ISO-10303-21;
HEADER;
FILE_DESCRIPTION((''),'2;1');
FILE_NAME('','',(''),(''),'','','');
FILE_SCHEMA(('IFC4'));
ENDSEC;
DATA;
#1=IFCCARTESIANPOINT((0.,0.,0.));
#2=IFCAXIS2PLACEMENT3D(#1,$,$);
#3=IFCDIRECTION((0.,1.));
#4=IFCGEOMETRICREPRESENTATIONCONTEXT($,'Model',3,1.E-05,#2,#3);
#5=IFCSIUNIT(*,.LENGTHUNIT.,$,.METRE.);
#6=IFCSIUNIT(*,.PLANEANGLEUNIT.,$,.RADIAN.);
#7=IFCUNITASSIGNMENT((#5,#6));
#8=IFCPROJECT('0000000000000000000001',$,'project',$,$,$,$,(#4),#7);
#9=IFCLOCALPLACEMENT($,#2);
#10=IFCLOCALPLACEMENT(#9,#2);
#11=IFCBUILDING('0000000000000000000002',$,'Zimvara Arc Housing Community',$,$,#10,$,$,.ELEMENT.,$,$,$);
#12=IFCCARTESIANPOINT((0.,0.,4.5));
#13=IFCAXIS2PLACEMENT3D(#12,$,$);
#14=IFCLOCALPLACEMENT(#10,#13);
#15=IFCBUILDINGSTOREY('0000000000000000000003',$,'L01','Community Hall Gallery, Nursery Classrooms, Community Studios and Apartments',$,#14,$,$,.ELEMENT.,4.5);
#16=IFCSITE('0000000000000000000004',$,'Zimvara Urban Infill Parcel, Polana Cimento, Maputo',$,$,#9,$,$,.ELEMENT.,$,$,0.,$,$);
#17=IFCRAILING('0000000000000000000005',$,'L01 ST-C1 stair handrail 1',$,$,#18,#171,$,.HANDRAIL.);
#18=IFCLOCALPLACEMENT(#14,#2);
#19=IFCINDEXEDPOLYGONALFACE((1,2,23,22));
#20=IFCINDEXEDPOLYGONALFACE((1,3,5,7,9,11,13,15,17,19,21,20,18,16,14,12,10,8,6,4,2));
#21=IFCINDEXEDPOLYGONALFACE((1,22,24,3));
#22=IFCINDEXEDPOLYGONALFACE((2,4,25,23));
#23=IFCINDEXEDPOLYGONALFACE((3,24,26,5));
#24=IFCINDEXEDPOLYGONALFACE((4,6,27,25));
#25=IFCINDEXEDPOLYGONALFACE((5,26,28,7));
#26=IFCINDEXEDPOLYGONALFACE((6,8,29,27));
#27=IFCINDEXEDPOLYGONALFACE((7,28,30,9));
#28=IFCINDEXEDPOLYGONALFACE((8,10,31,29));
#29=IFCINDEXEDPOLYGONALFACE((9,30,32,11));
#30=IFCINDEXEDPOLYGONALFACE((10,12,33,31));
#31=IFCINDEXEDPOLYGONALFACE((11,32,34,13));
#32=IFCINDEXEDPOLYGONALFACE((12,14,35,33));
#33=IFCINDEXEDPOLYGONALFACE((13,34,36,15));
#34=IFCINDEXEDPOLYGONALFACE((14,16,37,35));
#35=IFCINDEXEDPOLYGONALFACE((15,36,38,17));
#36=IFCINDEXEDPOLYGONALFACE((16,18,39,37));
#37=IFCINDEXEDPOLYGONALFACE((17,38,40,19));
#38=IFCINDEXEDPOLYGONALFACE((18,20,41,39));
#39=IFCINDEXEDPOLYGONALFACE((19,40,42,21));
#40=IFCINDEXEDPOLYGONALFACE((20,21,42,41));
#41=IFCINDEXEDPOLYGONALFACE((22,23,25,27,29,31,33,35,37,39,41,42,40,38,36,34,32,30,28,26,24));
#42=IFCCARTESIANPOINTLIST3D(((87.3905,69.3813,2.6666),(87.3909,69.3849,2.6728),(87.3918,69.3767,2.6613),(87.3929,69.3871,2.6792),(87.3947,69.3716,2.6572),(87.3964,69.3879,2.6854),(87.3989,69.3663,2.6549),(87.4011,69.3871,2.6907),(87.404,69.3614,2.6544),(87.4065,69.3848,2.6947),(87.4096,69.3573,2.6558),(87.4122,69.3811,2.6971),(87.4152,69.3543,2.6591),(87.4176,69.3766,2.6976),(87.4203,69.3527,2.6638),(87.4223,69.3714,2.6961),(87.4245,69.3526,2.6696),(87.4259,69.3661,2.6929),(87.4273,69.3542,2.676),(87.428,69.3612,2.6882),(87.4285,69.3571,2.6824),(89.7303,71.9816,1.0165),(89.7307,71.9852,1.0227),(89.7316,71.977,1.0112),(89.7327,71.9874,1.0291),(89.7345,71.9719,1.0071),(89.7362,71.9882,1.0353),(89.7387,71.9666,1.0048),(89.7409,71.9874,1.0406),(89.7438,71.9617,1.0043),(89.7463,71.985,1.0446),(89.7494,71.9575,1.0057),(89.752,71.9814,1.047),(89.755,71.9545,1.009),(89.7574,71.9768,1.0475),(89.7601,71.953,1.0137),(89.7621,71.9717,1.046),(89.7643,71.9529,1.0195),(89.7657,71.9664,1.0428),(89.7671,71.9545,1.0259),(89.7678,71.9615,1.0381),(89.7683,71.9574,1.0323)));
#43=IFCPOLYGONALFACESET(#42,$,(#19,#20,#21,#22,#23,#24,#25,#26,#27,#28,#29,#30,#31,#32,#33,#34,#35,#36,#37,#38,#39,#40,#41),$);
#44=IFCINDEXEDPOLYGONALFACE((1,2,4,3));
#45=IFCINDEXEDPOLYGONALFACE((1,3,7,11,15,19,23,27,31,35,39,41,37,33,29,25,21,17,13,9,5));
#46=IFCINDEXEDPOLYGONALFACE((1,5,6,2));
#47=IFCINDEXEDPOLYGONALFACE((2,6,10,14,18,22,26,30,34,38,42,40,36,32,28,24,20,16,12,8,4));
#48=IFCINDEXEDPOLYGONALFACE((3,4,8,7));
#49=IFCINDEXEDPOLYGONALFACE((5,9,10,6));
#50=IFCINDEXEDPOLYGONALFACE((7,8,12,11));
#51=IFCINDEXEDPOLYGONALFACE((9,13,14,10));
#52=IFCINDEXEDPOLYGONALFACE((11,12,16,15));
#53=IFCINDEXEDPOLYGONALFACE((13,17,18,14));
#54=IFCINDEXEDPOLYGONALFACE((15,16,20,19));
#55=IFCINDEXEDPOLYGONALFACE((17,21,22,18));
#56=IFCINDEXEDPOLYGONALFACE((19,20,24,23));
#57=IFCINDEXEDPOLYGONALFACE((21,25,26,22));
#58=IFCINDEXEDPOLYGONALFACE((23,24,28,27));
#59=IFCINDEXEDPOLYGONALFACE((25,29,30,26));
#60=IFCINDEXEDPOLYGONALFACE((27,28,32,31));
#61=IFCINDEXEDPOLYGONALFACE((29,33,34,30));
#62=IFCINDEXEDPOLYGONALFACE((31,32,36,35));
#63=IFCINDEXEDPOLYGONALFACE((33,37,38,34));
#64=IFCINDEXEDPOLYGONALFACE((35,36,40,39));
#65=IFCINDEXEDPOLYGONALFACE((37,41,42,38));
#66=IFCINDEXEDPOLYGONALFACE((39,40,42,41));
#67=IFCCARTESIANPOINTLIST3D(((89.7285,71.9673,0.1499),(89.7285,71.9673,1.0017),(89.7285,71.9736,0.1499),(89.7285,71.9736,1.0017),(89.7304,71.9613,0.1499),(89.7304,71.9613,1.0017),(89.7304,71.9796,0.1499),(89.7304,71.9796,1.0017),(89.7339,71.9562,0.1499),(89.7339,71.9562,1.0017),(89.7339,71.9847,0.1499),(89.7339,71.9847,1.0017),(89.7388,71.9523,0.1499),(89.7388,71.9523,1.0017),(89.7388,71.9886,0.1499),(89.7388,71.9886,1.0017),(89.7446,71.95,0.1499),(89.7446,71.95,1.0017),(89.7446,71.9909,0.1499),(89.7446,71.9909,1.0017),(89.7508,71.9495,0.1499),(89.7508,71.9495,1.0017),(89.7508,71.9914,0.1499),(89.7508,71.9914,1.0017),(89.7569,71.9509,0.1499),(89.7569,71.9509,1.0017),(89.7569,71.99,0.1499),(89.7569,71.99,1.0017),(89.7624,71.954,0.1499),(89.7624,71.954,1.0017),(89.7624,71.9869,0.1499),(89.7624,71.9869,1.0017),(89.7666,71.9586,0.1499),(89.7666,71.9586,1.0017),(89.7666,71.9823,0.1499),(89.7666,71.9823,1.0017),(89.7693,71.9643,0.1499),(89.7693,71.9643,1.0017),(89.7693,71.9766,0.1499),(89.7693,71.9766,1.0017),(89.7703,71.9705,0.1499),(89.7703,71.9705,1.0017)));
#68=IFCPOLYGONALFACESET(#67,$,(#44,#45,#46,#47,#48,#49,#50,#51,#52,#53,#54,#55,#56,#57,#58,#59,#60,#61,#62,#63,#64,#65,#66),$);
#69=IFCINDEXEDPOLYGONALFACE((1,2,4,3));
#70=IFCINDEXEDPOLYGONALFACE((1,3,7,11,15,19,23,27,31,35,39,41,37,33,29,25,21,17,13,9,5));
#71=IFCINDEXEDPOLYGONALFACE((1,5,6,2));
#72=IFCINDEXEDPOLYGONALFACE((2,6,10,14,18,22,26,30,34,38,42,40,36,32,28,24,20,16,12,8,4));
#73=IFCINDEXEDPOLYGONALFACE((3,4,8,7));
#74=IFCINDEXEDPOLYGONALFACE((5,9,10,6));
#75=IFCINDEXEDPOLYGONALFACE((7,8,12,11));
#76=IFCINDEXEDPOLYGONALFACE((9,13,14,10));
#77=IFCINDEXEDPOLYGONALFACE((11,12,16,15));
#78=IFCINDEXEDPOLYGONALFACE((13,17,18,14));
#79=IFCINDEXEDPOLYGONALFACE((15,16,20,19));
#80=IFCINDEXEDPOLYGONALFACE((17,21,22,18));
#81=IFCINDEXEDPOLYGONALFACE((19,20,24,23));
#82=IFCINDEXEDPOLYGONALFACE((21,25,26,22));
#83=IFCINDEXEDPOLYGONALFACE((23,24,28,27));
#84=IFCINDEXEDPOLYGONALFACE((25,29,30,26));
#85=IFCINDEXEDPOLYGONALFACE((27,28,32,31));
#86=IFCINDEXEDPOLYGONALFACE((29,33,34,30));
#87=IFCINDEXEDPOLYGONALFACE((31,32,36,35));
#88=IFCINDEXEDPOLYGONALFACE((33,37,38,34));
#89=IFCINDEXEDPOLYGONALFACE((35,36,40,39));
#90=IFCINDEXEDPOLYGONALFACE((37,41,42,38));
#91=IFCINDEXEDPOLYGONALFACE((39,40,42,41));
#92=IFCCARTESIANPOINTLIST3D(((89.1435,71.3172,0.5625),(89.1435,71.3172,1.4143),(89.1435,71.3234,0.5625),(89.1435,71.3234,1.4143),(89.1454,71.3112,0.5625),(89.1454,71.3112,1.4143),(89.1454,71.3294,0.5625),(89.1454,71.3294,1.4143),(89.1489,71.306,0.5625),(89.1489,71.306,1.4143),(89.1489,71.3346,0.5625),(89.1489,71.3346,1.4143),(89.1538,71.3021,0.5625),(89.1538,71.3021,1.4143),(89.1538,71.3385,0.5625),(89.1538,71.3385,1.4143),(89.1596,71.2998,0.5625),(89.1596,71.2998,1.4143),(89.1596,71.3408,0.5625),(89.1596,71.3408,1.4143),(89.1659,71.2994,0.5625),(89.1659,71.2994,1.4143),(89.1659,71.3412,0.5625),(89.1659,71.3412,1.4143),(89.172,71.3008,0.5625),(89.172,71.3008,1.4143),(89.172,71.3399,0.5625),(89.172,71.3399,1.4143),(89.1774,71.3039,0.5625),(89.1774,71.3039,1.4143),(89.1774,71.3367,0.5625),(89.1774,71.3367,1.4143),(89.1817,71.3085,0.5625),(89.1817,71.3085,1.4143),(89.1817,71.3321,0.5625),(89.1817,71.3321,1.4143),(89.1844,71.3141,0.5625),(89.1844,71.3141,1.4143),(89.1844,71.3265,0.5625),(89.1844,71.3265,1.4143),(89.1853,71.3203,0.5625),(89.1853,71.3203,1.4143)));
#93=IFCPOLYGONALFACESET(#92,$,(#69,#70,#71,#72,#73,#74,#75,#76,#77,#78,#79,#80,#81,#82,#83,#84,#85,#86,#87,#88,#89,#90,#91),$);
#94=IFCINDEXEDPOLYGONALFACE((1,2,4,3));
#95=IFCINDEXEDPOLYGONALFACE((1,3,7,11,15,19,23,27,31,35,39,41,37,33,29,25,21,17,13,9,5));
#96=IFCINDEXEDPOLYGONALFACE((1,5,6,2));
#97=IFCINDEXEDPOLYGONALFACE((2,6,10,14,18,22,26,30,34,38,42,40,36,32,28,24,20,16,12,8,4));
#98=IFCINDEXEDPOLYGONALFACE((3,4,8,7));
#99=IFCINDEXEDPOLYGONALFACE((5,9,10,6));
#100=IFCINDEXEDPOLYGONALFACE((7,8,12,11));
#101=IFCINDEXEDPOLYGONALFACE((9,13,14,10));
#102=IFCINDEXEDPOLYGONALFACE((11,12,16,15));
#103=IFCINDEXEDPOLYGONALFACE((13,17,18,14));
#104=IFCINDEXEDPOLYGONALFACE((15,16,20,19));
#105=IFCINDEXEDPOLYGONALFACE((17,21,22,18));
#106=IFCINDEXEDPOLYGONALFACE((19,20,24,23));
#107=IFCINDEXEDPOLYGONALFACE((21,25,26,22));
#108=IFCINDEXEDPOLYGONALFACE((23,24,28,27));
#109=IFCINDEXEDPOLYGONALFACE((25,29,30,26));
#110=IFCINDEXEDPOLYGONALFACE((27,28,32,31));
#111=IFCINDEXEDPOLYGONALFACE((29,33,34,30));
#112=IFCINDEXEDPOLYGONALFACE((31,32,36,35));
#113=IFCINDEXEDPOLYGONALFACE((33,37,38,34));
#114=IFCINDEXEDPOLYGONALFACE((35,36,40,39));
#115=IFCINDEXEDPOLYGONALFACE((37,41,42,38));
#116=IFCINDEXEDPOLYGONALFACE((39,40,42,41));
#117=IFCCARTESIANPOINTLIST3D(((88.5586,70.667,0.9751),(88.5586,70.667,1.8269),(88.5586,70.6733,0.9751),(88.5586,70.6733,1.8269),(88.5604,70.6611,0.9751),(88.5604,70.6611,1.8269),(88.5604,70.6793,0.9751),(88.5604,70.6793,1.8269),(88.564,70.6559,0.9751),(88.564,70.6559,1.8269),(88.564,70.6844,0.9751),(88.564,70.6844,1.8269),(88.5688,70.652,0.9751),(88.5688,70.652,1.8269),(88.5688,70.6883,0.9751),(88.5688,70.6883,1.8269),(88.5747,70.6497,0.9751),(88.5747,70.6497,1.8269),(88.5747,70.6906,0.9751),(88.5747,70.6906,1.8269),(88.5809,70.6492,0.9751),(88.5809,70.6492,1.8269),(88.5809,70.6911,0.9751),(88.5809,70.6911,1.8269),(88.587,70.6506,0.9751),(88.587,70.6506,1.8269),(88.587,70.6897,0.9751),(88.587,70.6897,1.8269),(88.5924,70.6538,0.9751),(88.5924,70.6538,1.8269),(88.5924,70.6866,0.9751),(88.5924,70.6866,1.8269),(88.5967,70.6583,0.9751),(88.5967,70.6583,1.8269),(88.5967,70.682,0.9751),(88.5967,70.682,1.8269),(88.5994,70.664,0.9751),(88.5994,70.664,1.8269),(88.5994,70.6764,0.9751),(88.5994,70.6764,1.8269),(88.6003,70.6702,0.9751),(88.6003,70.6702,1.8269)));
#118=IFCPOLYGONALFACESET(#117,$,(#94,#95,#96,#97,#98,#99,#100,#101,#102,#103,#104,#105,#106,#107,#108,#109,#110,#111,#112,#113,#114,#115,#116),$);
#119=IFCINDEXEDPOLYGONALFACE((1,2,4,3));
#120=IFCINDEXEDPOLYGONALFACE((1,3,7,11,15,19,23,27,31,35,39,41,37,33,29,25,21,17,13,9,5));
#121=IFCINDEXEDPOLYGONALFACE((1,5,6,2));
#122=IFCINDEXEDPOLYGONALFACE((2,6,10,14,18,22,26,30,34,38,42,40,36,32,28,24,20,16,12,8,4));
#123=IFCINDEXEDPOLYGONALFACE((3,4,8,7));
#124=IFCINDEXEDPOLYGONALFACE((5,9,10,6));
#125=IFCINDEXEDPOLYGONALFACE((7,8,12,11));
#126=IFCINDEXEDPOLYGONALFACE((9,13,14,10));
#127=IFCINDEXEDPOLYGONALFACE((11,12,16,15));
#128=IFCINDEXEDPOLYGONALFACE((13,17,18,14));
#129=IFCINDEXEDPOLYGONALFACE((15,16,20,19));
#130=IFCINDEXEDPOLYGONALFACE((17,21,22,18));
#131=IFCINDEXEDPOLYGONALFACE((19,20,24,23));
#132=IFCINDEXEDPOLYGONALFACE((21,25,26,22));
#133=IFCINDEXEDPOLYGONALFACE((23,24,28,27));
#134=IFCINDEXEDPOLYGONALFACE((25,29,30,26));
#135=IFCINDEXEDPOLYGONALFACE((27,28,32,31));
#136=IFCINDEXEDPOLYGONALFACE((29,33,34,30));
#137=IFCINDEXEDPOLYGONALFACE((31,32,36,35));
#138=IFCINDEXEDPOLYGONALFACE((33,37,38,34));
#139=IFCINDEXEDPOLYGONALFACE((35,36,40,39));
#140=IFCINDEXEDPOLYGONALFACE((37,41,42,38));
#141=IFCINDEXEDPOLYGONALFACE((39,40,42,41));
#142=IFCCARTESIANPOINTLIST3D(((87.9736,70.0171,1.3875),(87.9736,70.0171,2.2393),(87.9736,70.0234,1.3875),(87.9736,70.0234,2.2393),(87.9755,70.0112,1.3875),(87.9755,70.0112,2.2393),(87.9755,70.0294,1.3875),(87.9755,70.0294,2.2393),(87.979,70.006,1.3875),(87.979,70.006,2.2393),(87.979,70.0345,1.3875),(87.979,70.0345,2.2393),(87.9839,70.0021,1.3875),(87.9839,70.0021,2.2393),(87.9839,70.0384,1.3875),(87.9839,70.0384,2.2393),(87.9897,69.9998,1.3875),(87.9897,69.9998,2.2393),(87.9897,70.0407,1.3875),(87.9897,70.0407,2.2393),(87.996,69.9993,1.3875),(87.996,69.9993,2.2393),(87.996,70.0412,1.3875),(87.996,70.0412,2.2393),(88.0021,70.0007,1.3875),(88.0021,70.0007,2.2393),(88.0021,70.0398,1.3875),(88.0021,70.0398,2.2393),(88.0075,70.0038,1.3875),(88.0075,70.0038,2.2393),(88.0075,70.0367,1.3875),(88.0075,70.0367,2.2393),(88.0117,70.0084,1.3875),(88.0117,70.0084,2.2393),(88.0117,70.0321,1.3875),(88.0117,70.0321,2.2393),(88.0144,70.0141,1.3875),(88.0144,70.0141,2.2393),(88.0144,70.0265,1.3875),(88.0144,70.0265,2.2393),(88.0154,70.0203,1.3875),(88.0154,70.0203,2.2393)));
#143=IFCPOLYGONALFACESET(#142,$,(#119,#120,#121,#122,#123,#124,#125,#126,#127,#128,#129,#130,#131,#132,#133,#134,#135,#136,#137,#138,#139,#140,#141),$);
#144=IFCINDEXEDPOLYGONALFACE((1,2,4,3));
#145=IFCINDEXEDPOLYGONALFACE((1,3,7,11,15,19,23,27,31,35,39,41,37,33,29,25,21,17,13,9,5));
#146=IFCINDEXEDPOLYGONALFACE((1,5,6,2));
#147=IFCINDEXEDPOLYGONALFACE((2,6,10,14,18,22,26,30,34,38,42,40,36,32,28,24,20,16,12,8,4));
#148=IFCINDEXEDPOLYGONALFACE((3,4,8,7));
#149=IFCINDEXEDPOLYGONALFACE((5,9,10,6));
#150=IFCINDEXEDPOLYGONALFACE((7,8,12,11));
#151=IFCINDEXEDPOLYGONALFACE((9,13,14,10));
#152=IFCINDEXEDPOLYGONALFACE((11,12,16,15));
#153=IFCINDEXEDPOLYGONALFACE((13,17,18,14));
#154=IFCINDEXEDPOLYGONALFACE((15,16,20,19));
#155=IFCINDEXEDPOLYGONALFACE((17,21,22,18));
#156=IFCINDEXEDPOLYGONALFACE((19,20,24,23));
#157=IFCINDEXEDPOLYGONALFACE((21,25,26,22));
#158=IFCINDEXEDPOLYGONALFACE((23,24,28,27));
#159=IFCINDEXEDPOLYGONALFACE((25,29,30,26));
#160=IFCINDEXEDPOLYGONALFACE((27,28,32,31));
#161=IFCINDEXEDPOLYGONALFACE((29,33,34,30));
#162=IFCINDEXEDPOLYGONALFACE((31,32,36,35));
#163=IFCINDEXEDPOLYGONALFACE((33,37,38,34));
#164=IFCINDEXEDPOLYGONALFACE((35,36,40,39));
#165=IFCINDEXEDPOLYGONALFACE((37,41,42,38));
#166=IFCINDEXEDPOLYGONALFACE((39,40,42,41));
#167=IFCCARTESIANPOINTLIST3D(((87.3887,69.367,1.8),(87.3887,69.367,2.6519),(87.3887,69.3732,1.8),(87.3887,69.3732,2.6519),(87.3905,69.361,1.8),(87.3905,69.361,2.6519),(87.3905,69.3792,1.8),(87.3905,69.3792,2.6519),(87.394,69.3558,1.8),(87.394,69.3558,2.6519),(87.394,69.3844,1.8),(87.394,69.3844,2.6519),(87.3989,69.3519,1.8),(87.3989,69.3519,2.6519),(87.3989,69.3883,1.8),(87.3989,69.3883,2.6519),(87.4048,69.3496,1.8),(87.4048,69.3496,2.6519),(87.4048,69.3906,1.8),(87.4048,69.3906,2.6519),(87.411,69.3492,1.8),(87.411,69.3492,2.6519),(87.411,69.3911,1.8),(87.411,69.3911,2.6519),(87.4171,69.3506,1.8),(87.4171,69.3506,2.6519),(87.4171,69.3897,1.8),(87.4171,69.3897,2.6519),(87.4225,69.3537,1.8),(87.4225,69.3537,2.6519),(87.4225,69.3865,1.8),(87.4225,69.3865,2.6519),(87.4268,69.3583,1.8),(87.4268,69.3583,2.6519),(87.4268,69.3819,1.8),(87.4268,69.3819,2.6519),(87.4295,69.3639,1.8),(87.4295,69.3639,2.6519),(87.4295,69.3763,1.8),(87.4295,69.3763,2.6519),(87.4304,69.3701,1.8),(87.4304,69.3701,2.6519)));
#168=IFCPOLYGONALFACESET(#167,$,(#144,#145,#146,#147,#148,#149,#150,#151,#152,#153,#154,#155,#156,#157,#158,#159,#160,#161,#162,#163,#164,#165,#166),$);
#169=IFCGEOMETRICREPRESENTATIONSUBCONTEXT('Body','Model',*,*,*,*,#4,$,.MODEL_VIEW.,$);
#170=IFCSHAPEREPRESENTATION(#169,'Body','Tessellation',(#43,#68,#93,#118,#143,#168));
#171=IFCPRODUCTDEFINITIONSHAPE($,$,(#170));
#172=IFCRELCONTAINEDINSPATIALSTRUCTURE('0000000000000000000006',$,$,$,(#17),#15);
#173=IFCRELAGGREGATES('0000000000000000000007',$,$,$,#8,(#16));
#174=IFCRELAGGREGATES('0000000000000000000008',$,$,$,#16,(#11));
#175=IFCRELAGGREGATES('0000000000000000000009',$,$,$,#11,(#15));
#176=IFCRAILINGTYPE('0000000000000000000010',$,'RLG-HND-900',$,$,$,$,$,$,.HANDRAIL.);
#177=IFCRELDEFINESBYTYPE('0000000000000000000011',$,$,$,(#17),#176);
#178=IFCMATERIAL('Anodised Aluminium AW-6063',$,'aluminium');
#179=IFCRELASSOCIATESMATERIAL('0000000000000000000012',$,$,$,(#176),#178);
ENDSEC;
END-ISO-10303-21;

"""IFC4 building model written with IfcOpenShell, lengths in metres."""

from ifc_helpers import new_model, si_unit, direction, frame, origin, origin_2d, place, context, subcontext, project, spatial, circle, extrude, material, type_object, element, save


model = new_model("IFC4")

# Units and contexts
model_context = context("Model", 3, precision=1e-05, world=origin(), true_north=direction((0.0, 1.0)))
body_context = subcontext(model_context, "Body", "Model", "MODEL_VIEW")
ifc_project = project(units=[si_unit("LENGTHUNIT", "METRE"), si_unit("PLANEANGLEUNIT", "RADIAN")], contexts=[model_context])

# Site, building, storey
site_placement = place(None, origin())
site = spatial("IfcSite", under=ifc_project, at=site_placement, Name="Zimvara Urban Infill Parcel, Polana Cimento, Maputo", CompositionType="ELEMENT", RefElevation=0.0)
building_placement = place(site_placement, origin())
building = spatial("IfcBuilding", under=site, at=building_placement, Name="Zimvara Arc Housing Community", CompositionType="ELEMENT")
storey_placement = place(building_placement, frame((0.0, 0.0, 4.5)))
storey = spatial("IfcBuildingStorey", under=building, at=storey_placement, Name="L01", Description="Community Hall Gallery, Nursery Classrooms, Community Studios and Apartments", CompositionType="ELEMENT", Elevation=4.5)

# Railing
ifc_material_1 = material(Name="Anodised Aluminium AW-6063", Category="aluminium")
railing_type_1 = type_object("IfcRailingType", Name="RLG-HND-900", PredefinedType="HANDRAIL", material=ifc_material_1)
railing_1_placement = place(storey_placement, frame((89.7493, 71.9705, 0.1499)))
element("IfcRailing", 1, at=railing_1_placement, inside=storey, type_object=railing_type_1, Name="L01 ST-C1 stair handrail 1", PredefinedType="HANDRAIL", context=body_context, shape_type="SweptSolid", body=[
    extrude(circle(Radius=0.0239, at=origin_2d()), frame((0.0, 0.0, 0.876), z_axis=(-0.60496, -0.672311, 0.42664), x_axis=(0.74336, -0.668891, 0.0)), (0.0, 0.0, 1.0), 3.8677),
    extrude(circle(Radius=0.021, at=origin_2d()), origin(), (0.0, 0.0, 1.0), 0.8518),
    extrude(circle(Radius=0.021, at=origin_2d()), frame((-0.585, -0.6501, 0.4126)), (0.0, 0.0, 1.0), 0.8518),
    extrude(circle(Radius=0.021, at=origin_2d()), frame((-1.1699, -1.3003, 0.8252)), (0.0, 0.0, 1.0), 0.8518),
    extrude(circle(Radius=0.021, at=origin_2d()), frame((-1.7549, -1.9502, 1.2375)), (0.0, 0.0, 1.0), 0.8518),
    extrude(circle(Radius=0.021, at=origin_2d()), frame((-2.3398, -2.6003, 1.6501)), (0.0, 0.0, 1.0), 0.8518),
])

save(model, "model.ifc")
